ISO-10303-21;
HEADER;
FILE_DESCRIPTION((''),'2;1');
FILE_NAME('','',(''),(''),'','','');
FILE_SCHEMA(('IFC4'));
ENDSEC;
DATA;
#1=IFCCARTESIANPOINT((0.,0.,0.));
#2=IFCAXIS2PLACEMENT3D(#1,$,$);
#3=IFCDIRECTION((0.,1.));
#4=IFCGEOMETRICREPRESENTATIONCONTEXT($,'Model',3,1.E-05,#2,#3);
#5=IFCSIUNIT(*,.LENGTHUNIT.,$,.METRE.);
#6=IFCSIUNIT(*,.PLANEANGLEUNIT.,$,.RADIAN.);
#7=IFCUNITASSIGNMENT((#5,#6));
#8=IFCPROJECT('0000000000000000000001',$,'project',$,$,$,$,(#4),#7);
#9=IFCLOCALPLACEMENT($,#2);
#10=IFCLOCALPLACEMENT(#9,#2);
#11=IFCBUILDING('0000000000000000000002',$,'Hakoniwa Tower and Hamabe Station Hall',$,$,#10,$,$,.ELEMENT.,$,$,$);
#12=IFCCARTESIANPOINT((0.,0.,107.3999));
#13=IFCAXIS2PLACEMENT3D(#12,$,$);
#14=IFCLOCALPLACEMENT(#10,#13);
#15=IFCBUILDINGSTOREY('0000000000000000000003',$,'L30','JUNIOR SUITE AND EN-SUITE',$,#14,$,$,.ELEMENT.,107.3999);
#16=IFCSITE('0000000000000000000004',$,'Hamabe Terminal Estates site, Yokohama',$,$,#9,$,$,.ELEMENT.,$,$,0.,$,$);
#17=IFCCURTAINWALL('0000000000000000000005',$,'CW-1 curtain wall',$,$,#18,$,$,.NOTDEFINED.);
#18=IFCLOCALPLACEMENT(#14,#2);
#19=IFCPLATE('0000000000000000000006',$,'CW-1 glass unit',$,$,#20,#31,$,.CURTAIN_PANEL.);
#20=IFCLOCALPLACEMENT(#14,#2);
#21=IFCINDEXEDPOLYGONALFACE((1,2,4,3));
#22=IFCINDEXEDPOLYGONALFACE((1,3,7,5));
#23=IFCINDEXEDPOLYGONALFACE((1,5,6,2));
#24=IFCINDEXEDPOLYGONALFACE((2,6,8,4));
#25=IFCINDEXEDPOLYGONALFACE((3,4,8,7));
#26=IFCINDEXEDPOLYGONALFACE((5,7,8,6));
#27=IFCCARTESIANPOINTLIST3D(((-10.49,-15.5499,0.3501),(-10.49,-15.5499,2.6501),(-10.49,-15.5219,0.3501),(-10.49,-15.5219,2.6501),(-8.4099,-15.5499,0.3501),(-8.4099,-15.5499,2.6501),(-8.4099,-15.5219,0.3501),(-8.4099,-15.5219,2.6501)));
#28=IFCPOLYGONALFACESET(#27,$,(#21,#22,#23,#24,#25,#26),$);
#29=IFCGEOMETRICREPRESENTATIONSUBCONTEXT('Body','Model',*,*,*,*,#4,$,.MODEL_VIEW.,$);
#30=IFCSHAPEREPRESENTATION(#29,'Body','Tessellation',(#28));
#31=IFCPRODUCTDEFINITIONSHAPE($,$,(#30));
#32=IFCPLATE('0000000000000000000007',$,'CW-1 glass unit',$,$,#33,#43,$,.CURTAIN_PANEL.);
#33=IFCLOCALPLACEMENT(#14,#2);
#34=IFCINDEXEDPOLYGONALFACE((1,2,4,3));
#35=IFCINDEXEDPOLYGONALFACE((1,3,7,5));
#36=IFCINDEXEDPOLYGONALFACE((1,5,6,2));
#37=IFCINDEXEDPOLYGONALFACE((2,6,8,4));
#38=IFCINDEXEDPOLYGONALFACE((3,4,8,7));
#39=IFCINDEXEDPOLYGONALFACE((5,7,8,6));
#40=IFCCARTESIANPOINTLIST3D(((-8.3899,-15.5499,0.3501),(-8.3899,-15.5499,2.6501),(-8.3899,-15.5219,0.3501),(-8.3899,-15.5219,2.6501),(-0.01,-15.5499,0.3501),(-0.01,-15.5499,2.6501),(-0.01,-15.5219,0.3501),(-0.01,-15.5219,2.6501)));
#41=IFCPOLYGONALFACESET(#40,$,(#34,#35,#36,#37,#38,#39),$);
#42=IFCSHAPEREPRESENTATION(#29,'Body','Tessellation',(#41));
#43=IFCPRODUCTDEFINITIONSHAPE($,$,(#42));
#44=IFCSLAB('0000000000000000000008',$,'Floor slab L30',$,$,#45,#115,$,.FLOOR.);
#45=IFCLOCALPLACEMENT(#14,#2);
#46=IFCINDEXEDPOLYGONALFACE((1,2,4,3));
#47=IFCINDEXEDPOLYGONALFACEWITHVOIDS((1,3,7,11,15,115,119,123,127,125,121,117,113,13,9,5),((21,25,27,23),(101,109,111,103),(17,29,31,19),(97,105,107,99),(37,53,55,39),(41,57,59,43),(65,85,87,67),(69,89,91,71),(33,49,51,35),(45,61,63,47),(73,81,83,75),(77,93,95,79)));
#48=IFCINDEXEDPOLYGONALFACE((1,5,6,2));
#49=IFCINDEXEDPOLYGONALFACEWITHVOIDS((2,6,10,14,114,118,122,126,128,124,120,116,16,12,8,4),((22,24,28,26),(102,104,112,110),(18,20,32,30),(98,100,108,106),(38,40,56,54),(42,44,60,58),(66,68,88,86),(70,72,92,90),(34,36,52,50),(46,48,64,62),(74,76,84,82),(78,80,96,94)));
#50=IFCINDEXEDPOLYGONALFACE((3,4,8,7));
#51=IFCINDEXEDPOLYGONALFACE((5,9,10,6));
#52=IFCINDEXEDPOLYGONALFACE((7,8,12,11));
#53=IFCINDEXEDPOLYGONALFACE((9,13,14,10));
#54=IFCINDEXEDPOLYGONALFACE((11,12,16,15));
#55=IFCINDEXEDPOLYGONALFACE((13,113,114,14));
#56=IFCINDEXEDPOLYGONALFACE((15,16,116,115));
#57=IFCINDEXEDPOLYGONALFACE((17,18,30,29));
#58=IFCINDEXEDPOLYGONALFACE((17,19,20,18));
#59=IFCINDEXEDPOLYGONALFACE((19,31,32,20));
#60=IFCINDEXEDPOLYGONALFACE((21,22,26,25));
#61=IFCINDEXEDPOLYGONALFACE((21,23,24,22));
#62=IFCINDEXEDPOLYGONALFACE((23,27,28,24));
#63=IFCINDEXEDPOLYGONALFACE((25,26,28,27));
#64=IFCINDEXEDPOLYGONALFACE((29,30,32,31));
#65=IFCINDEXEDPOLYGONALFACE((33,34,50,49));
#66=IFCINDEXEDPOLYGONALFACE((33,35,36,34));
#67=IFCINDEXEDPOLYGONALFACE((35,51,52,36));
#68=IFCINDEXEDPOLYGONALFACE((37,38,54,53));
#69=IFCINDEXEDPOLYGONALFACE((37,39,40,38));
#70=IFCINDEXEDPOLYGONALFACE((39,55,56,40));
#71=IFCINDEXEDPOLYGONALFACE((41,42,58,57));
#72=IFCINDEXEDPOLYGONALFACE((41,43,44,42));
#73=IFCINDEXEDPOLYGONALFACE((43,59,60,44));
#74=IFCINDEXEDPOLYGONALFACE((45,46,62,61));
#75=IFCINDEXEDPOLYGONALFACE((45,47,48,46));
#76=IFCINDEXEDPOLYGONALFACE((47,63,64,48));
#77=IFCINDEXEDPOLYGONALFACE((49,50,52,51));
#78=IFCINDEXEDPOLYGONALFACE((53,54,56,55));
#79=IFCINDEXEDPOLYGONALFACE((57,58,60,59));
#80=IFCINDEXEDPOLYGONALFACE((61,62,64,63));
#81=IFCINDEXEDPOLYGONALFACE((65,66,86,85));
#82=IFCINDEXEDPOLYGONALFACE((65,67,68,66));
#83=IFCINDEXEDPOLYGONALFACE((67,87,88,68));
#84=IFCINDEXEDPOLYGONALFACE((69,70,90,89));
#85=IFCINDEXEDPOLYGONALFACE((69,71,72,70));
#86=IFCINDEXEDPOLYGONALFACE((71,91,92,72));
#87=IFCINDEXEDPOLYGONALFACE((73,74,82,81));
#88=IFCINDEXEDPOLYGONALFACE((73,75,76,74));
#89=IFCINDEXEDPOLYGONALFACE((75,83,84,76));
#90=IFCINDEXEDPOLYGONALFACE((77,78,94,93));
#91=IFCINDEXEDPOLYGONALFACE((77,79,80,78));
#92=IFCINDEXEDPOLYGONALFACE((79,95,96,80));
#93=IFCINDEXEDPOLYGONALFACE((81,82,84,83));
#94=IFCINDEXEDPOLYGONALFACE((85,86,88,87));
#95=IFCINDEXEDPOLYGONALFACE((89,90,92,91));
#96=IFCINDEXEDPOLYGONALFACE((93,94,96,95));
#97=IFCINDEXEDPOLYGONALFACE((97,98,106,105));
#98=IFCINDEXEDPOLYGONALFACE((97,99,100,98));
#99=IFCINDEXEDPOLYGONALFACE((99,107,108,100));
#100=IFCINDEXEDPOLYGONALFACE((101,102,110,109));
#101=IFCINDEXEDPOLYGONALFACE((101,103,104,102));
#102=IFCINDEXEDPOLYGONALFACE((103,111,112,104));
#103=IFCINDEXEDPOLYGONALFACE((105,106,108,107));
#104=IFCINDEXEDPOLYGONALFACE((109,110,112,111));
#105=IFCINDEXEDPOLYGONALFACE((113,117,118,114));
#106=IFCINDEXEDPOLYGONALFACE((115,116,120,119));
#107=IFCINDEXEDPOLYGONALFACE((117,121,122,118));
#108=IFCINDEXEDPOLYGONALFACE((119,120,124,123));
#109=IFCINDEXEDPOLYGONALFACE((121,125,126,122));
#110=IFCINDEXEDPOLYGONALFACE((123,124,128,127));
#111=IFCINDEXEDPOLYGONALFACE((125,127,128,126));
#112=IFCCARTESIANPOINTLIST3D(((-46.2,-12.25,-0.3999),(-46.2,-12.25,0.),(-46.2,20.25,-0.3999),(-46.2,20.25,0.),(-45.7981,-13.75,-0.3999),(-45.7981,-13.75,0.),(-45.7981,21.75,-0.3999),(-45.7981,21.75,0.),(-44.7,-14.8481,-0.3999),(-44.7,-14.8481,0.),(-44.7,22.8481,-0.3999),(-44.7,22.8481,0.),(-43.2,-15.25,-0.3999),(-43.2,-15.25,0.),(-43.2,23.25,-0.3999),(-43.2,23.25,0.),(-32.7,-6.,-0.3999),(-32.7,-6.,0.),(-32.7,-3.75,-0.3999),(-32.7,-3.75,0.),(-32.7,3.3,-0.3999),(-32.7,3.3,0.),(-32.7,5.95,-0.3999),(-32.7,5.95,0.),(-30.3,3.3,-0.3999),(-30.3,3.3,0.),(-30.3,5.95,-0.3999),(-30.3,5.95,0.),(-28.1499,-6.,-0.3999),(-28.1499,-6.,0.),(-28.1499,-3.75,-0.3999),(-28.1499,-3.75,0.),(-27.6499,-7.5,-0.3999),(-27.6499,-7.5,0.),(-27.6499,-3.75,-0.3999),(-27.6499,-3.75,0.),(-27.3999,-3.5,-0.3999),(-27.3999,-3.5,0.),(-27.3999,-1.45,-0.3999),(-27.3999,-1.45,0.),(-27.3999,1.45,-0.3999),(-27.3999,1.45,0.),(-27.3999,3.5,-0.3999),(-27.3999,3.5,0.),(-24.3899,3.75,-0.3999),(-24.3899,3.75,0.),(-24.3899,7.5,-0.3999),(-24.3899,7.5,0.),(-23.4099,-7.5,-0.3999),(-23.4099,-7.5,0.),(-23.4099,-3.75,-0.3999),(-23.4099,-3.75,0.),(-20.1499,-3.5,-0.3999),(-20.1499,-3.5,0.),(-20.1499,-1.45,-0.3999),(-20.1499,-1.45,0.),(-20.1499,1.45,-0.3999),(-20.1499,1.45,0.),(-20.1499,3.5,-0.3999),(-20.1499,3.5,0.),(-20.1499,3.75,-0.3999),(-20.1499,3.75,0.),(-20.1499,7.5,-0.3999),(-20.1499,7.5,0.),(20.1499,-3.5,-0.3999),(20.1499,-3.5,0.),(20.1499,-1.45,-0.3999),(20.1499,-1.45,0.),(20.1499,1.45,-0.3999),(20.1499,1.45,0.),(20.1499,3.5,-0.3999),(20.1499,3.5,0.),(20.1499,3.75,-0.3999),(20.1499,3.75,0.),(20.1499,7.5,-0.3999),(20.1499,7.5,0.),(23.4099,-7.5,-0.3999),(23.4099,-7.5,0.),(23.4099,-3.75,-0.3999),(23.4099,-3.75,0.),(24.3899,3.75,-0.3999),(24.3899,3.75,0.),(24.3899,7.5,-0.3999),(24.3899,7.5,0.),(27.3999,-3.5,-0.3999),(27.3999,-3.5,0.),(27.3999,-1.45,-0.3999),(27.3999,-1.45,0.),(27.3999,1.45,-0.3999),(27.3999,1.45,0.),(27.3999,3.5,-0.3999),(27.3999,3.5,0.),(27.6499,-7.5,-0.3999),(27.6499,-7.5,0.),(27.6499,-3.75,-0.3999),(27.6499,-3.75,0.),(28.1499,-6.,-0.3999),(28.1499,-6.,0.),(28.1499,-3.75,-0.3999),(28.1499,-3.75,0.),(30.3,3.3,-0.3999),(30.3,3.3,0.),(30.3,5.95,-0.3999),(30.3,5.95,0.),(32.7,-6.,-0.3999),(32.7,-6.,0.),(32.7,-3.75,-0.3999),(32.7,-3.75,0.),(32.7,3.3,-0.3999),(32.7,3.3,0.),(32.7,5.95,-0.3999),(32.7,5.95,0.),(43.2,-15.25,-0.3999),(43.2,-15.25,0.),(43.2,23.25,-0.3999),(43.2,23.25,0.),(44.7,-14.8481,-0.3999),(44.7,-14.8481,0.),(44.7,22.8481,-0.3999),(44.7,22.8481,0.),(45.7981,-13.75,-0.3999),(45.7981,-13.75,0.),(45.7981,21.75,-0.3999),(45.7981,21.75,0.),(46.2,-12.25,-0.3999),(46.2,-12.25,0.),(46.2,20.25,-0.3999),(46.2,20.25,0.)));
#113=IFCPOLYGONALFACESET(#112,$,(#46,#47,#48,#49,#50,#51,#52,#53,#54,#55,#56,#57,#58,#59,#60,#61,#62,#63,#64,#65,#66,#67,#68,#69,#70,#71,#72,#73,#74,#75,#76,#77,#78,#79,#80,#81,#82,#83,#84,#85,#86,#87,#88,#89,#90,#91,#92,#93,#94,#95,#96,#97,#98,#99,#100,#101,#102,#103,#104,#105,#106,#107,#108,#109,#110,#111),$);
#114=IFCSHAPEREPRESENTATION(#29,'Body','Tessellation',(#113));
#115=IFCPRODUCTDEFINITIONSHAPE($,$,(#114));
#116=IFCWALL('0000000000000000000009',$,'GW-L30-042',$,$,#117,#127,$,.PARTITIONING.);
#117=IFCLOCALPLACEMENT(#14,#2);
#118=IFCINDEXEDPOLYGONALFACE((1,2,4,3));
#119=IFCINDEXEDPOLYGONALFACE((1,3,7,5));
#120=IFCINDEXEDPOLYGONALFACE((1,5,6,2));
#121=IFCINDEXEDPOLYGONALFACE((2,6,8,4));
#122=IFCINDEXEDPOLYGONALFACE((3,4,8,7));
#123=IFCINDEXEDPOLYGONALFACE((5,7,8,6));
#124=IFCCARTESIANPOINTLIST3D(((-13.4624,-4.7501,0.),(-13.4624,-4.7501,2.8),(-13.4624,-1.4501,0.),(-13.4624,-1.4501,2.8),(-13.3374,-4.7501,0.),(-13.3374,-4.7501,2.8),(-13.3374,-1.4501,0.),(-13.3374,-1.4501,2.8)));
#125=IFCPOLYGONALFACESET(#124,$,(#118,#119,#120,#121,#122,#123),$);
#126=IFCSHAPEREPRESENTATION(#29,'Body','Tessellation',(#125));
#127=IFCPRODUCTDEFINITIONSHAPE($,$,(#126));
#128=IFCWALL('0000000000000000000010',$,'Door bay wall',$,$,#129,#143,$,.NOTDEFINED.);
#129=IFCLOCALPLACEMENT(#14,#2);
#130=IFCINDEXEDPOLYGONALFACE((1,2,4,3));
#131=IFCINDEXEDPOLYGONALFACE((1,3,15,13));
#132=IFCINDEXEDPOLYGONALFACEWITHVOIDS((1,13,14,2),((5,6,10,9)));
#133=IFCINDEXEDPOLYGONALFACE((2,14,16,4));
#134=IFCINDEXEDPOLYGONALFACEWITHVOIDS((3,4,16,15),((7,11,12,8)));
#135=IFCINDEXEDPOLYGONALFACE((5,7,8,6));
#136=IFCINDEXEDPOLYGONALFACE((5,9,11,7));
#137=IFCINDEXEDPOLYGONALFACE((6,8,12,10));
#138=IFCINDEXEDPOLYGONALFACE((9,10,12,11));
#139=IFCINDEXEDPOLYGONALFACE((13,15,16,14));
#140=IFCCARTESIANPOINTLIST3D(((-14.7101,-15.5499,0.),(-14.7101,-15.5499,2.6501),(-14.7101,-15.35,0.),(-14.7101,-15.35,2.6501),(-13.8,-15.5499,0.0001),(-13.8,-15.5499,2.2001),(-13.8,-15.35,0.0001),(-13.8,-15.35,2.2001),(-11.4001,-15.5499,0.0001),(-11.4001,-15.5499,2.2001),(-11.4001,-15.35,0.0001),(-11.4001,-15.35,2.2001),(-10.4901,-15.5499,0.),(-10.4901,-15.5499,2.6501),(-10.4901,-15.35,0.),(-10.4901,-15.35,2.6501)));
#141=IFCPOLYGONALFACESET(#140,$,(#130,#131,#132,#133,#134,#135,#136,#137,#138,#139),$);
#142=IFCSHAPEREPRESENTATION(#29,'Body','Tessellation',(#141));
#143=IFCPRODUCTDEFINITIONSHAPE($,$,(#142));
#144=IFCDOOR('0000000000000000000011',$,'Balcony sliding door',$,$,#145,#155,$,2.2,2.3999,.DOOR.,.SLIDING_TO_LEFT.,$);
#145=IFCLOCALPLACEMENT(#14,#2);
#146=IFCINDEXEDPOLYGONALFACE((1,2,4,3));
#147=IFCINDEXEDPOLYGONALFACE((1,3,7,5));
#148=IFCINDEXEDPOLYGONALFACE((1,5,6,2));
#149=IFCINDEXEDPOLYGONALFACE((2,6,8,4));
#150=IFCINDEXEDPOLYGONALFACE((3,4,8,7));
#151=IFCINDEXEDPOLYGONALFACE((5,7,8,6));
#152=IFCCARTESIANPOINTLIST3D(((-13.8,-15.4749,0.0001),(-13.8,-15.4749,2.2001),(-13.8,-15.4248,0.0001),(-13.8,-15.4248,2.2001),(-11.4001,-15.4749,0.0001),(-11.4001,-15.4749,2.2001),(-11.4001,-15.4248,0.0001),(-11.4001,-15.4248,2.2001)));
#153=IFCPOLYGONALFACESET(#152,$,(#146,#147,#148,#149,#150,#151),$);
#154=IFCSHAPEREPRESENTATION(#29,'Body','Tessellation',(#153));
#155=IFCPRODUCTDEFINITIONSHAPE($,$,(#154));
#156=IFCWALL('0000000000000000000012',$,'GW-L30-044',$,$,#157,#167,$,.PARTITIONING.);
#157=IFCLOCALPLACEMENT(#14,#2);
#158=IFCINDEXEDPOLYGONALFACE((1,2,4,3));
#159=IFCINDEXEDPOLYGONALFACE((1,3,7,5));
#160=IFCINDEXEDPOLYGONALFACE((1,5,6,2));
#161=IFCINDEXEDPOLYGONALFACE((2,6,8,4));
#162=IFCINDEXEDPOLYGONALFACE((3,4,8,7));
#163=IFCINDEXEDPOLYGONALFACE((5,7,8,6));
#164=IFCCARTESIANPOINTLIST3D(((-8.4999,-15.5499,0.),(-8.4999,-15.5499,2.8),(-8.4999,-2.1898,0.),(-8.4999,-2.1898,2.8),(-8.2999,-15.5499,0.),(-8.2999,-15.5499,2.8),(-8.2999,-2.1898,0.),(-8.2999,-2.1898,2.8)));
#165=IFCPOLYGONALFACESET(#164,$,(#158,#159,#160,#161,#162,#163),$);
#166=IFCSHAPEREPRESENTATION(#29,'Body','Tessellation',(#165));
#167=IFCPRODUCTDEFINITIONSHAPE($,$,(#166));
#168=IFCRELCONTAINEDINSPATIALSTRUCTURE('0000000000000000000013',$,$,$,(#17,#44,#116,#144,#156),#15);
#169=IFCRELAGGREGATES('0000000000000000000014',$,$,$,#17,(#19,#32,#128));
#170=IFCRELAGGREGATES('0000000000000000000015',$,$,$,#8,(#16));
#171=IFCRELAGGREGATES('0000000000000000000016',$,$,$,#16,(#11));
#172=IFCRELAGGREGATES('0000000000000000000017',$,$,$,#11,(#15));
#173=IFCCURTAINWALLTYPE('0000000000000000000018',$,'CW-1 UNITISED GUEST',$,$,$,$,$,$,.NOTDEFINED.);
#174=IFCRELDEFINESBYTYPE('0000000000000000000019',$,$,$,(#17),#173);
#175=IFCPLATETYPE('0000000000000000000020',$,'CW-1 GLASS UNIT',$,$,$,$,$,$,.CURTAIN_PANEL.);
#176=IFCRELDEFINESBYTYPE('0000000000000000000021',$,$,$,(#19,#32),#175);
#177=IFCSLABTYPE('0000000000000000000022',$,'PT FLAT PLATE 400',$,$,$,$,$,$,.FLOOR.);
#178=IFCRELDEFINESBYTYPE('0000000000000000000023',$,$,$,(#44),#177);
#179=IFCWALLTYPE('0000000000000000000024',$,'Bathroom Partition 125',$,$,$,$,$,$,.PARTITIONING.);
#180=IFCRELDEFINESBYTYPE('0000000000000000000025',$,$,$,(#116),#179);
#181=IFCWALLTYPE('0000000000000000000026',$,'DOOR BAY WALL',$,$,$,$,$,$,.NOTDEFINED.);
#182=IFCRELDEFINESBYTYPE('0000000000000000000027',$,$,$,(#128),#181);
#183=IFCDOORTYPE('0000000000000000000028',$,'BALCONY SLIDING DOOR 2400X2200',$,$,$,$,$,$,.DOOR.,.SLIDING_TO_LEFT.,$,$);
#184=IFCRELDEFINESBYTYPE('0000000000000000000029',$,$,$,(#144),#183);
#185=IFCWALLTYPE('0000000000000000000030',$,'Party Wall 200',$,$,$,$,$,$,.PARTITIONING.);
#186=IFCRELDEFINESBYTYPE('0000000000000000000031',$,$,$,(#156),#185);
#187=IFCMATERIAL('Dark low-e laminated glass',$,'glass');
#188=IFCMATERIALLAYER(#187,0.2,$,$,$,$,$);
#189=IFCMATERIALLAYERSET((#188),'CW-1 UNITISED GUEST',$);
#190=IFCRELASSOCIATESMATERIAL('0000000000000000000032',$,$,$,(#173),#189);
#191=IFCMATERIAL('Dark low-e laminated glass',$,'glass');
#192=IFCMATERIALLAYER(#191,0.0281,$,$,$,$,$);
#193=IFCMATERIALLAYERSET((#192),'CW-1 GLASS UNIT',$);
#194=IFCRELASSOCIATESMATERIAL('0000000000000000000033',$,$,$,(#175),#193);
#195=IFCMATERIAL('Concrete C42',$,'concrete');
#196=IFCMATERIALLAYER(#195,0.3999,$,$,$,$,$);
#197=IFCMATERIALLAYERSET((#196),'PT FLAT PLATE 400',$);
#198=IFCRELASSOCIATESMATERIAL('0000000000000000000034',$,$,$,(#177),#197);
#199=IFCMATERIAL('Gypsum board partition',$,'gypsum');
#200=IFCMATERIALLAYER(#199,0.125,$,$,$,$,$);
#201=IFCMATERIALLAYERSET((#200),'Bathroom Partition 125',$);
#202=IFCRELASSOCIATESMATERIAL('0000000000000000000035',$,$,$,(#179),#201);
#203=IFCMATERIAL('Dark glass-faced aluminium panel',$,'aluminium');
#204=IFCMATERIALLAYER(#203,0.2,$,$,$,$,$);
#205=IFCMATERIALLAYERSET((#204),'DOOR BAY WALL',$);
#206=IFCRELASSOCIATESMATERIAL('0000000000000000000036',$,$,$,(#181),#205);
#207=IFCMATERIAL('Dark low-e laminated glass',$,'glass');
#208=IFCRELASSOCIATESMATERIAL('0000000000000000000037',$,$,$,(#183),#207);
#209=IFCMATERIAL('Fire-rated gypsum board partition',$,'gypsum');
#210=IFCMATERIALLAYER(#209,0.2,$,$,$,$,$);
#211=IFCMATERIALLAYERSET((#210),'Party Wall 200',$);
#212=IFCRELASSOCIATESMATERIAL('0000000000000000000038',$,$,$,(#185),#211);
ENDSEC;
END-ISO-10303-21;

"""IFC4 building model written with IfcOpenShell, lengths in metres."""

from ifc_helpers import new_model, si_unit, direction, frame, frame_2d, origin, origin_2d, place, context, subcontext, project, spatial, polyline, rectangle, outline, extrude, material, layer, layer_set, type_object, element, fill, aggregate, save


model = new_model("IFC4")

# Units and contexts
model_context = context("Model", 3, precision=1e-05, world=origin(), true_north=direction((0.0, 1.0)))
body_context = subcontext(model_context, "Body", "Model", "MODEL_VIEW")
ifc_project = project(units=[si_unit("LENGTHUNIT", "METRE"), si_unit("PLANEANGLEUNIT", "RADIAN")], contexts=[model_context])

# Site, building, storey
site_placement = place(None, origin())
site = spatial("IfcSite", under=ifc_project, at=site_placement, Name="Hamabe Terminal Estates site, Yokohama", CompositionType="ELEMENT", RefElevation=0.0)
building_placement = place(site_placement, origin())
building = spatial("IfcBuilding", under=site, at=building_placement, Name="Hakoniwa Tower and Hamabe Station Hall", CompositionType="ELEMENT")
storey_placement = place(building_placement, frame((0.0, 0.0, 107.3999)))
storey = spatial("IfcBuildingStorey", under=building, at=storey_placement, Name="L30", Description="JUNIOR SUITE AND EN-SUITE", CompositionType="ELEMENT", Elevation=107.3999)

# Shared definitions
ifc_material_1 = material(Name="Dark low-e laminated glass", Category="glass")
ifc_layer_1 = layer(ifc_material_1, 0.2)
ifc_layer_set_1 = layer_set([ifc_layer_1], Name="CW-1 UNITISED GUEST")
curtain_wall_type = type_object("IfcCurtainWallType", Name="CW-1 UNITISED GUEST", PredefinedType="NOTDEFINED", material=ifc_layer_set_1)

# Curtain wall
curtain_wall_1_placement = place(storey_placement, origin())
curtain_wall_1 = element("IfcCurtainWall", 1, at=curtain_wall_1_placement, inside=storey, type_object=curtain_wall_type, Name="CW-1 curtain wall", PredefinedType="NOTDEFINED")

# Shared definitions
ifc_material_2 = material(Name="Dark low-e laminated glass", Category="glass")
ifc_layer_2 = layer(ifc_material_2, 0.0281)
ifc_layer_set_2 = layer_set([ifc_layer_2], Name="CW-1 GLASS UNIT")
plate_type = type_object("IfcPlateType", Name="CW-1 GLASS UNIT", PredefinedType="CURTAIN_PANEL", material=ifc_layer_set_2)

# Plates
plate_1_placement = place(storey_placement, frame((-9.45, -15.5359, 0.3501), z_axis=(0.0, 0.0, 1.0), x_axis=(1.0, 0.0, 0.0)))
plate_1 = element("IfcPlate", 2, at=plate_1_placement, type_object=plate_type, Name="CW-1 glass unit", PredefinedType="CURTAIN_PANEL", context=body_context, shape_type="SweptSolid", body=[
    extrude(rectangle(XDim=2.0801, YDim=0.0281, at=origin_2d()), origin(), (0.0, 0.0, 1.0), 2.3),
])
plate_2_placement = place(storey_placement, frame((-4.2, -15.5359, 0.3501), z_axis=(0.0, 0.0, 1.0), x_axis=(1.0, 0.0, 0.0)))
plate_2 = element("IfcPlate", 3, at=plate_2_placement, type_object=plate_type, Name="CW-1 glass unit", PredefinedType="CURTAIN_PANEL", context=body_context, shape_type="SweptSolid", body=[
    extrude(rectangle(XDim=8.3799, YDim=0.0281, at=origin_2d()), origin(), (0.0, 0.0, 1.0), 2.3),
])

# Slab
ifc_material_3 = material(Name="Concrete C42", Category="concrete")
ifc_layer_3 = layer(ifc_material_3, 0.3999)
ifc_layer_set_3 = layer_set([ifc_layer_3], Name="PT FLAT PLATE 400")
slab_type_1 = type_object("IfcSlabType", Name="PT FLAT PLATE 400", PredefinedType="FLOOR", material=ifc_layer_set_3)
slab_1_placement = place(storey_placement, frame((0.0, 0.0, -0.3999)))
element("IfcSlab", 4, at=slab_1_placement, inside=storey, type_object=slab_type_1, Name="Floor slab L30", PredefinedType="FLOOR", context=body_context, shape_type="SweptSolid", body=[
    extrude(outline(polyline([(46.2, -12.25), (46.2, 20.25), (45.7981, 21.75), (44.7, 22.8481), (43.2, 23.25), (-43.2, 23.25), (-44.7, 22.8481), (-45.7981, 21.75), (-46.2, 20.25), (-46.2, -12.25), (-45.7981, -13.75), (-44.7, -14.8481), (-43.2, -15.25), (43.2, -15.25), (44.7, -14.8481), (45.7981, -13.75), (46.2, -12.25)]), holes=[polyline([(-27.3999, 1.45), (-27.3999, 3.5), (-20.1499, 3.5), (-20.1499, 1.45), (-27.3999, 1.45)]), polyline([(-27.3999, -3.5), (-27.3999, -1.45), (-20.1499, -1.45), (-20.1499, -3.5), (-27.3999, -3.5)]), polyline([(-32.7, 3.3), (-32.7, 5.95), (-30.3, 5.95), (-30.3, 3.3), (-32.7, 3.3)]), polyline([(-32.7, -6.0), (-32.7, -3.75), (-28.1499, -3.75), (-28.1499, -6.0), (-32.7, -6.0)]), polyline([(-24.3899, 3.75), (-24.3899, 7.5), (-20.1499, 7.5), (-20.1499, 3.75), (-24.3899, 3.75)]), polyline([(-27.6499, -7.5), (-27.6499, -3.75), (-23.4099, -3.75), (-23.4099, -7.5), (-27.6499, -7.5)]), polyline([(20.1499, 1.45), (20.1499, 3.5), (27.3999, 3.5), (27.3999, 1.45), (20.1499, 1.45)]), polyline([(20.1499, -3.5), (20.1499, -1.45), (27.3999, -1.45), (27.3999, -3.5), (20.1499, -3.5)]), polyline([(30.3, 3.3), (30.3, 5.95), (32.7, 5.95), (32.7, 3.3), (30.3, 3.3)]), polyline([(28.1499, -6.0), (28.1499, -3.75), (32.7, -3.75), (32.7, -6.0), (28.1499, -6.0)]), polyline([(20.1499, 3.75), (20.1499, 7.5), (24.3899, 7.5), (24.3899, 3.75), (20.1499, 3.75)]), polyline([(23.4099, -7.5), (23.4099, -3.75), (27.6499, -3.75), (27.6499, -7.5), (23.4099, -7.5)])]), origin(), (0.0, 0.0, 1.0), 0.3999),
])

# Wall
ifc_material_4 = material(Name="Gypsum board partition", Category="gypsum")
ifc_layer_4 = layer(ifc_material_4, 0.125)
ifc_layer_set_4 = layer_set([ifc_layer_4], Name="Bathroom Partition 125")
wall_type_1 = type_object("IfcWallType", Name="Bathroom Partition 125", PredefinedType="PARTITIONING", material=ifc_layer_set_4)
wall_1_placement = place(storey_placement, frame((-13.3999, -4.75, 0.0), z_axis=(0.0, 0.0, 1.0), x_axis=(0.0, 1.0, 0.0)))
element("IfcWall", 5, at=wall_1_placement, inside=storey, type_object=wall_type_1, Name="GW-L30-042", PredefinedType="PARTITIONING", context=body_context, shape_type="SweptSolid", body=[
    extrude(rectangle(XDim=3.3, YDim=0.125, at=frame_2d((1.6499, 0.0))), origin(), (0.0, 0.0, 1.0), 2.8),
])

# Wall, opening, door
ifc_material_5 = material(Name="Dark glass-faced aluminium panel", Category="aluminium")
ifc_layer_5 = layer(ifc_material_5, 0.2)
ifc_layer_set_5 = layer_set([ifc_layer_5], Name="DOOR BAY WALL")
wall_type_2 = type_object("IfcWallType", Name="DOOR BAY WALL", PredefinedType="NOTDEFINED", material=ifc_layer_set_5)
wall_2_placement = place(storey_placement, frame((-14.71, -15.45, 0.0), z_axis=(0.0, 0.0, 1.0), x_axis=(1.0, 0.0, 0.0)))
wall_2 = element("IfcWall", 6, at=wall_2_placement, type_object=wall_type_2, Name="Door bay wall", PredefinedType="NOTDEFINED", context=body_context, shape_type="SweptSolid", body=[
    extrude(rectangle(XDim=4.22, YDim=0.2, at=frame_2d((2.1099, 0.0))), origin(), (0.0, 0.0, 1.0), 2.6501),
])
opening_placement = place(wall_2_placement, frame((0.9099, 0.0, 0.0)))
opening = element("IfcOpeningElement", 7, at=opening_placement, cuts=wall_2, PredefinedType="OPENING", context=body_context, shape_type="SweptSolid", body=[
    extrude(rectangle(XDim=2.3999, YDim=2.2, at=frame_2d((1.2, 1.1001))), frame((0.0, 0.1099, 0.0), z_axis=(0.0, -1.0, 0.0), x_axis=(1.0, 0.0, 0.0)), (0.0, 0.0, 1.0), 0.22),
])
ifc_material_6 = material(Name="Dark low-e laminated glass", Category="glass")
door_type = type_object("IfcDoorType", Name="BALCONY SLIDING DOOR 2400X2200", OperationType="SLIDING_TO_LEFT", PredefinedType="DOOR", material=ifc_material_6)
door_placement = place(opening_placement, frame((2.3999, 0.0, 0.0), z_axis=(0.0, 0.0, 1.0), x_axis=(-1.0, 0.0, 0.0)))
door = element("IfcDoor", 8, at=door_placement, inside=storey, type_object=door_type, Name="Balcony sliding door", OperationType="SLIDING_TO_LEFT", OverallHeight=2.2, OverallWidth=2.3999, PredefinedType="DOOR", context=body_context, shape_type="SweptSolid", body=[
    extrude(rectangle(XDim=2.3999, YDim=2.2, at=frame_2d((1.2, 1.1001))), frame((0.0, 0.0249, 0.0), z_axis=(0.0, -1.0, 0.0), x_axis=(1.0, 0.0, 0.0)), (0.0, 0.0, 1.0), 0.05),
])
fill(opening, door)
aggregate(curtain_wall_1, [plate_1, plate_2, wall_2])

# Wall
ifc_material_7 = material(Name="Fire-rated gypsum board partition", Category="gypsum")
ifc_layer_6 = layer(ifc_material_7, 0.2)
ifc_layer_set_6 = layer_set([ifc_layer_6], Name="Party Wall 200")
wall_type_3 = type_object("IfcWallType", Name="Party Wall 200", PredefinedType="PARTITIONING", material=ifc_layer_set_6)
wall_3_placement = place(storey_placement, frame((-8.3999, -15.55, 0.0), z_axis=(0.0, 0.0, 1.0), x_axis=(0.0, 1.0, 0.0)))
element("IfcWall", 9, at=wall_3_placement, inside=storey, type_object=wall_type_3, Name="GW-L30-044", PredefinedType="PARTITIONING", context=body_context, shape_type="SweptSolid", body=[
    extrude(rectangle(XDim=13.3601, YDim=0.2, at=frame_2d((6.6802, 0.0))), origin(), (0.0, 0.0, 1.0), 2.8),
])

save(model, "model.ifc")
